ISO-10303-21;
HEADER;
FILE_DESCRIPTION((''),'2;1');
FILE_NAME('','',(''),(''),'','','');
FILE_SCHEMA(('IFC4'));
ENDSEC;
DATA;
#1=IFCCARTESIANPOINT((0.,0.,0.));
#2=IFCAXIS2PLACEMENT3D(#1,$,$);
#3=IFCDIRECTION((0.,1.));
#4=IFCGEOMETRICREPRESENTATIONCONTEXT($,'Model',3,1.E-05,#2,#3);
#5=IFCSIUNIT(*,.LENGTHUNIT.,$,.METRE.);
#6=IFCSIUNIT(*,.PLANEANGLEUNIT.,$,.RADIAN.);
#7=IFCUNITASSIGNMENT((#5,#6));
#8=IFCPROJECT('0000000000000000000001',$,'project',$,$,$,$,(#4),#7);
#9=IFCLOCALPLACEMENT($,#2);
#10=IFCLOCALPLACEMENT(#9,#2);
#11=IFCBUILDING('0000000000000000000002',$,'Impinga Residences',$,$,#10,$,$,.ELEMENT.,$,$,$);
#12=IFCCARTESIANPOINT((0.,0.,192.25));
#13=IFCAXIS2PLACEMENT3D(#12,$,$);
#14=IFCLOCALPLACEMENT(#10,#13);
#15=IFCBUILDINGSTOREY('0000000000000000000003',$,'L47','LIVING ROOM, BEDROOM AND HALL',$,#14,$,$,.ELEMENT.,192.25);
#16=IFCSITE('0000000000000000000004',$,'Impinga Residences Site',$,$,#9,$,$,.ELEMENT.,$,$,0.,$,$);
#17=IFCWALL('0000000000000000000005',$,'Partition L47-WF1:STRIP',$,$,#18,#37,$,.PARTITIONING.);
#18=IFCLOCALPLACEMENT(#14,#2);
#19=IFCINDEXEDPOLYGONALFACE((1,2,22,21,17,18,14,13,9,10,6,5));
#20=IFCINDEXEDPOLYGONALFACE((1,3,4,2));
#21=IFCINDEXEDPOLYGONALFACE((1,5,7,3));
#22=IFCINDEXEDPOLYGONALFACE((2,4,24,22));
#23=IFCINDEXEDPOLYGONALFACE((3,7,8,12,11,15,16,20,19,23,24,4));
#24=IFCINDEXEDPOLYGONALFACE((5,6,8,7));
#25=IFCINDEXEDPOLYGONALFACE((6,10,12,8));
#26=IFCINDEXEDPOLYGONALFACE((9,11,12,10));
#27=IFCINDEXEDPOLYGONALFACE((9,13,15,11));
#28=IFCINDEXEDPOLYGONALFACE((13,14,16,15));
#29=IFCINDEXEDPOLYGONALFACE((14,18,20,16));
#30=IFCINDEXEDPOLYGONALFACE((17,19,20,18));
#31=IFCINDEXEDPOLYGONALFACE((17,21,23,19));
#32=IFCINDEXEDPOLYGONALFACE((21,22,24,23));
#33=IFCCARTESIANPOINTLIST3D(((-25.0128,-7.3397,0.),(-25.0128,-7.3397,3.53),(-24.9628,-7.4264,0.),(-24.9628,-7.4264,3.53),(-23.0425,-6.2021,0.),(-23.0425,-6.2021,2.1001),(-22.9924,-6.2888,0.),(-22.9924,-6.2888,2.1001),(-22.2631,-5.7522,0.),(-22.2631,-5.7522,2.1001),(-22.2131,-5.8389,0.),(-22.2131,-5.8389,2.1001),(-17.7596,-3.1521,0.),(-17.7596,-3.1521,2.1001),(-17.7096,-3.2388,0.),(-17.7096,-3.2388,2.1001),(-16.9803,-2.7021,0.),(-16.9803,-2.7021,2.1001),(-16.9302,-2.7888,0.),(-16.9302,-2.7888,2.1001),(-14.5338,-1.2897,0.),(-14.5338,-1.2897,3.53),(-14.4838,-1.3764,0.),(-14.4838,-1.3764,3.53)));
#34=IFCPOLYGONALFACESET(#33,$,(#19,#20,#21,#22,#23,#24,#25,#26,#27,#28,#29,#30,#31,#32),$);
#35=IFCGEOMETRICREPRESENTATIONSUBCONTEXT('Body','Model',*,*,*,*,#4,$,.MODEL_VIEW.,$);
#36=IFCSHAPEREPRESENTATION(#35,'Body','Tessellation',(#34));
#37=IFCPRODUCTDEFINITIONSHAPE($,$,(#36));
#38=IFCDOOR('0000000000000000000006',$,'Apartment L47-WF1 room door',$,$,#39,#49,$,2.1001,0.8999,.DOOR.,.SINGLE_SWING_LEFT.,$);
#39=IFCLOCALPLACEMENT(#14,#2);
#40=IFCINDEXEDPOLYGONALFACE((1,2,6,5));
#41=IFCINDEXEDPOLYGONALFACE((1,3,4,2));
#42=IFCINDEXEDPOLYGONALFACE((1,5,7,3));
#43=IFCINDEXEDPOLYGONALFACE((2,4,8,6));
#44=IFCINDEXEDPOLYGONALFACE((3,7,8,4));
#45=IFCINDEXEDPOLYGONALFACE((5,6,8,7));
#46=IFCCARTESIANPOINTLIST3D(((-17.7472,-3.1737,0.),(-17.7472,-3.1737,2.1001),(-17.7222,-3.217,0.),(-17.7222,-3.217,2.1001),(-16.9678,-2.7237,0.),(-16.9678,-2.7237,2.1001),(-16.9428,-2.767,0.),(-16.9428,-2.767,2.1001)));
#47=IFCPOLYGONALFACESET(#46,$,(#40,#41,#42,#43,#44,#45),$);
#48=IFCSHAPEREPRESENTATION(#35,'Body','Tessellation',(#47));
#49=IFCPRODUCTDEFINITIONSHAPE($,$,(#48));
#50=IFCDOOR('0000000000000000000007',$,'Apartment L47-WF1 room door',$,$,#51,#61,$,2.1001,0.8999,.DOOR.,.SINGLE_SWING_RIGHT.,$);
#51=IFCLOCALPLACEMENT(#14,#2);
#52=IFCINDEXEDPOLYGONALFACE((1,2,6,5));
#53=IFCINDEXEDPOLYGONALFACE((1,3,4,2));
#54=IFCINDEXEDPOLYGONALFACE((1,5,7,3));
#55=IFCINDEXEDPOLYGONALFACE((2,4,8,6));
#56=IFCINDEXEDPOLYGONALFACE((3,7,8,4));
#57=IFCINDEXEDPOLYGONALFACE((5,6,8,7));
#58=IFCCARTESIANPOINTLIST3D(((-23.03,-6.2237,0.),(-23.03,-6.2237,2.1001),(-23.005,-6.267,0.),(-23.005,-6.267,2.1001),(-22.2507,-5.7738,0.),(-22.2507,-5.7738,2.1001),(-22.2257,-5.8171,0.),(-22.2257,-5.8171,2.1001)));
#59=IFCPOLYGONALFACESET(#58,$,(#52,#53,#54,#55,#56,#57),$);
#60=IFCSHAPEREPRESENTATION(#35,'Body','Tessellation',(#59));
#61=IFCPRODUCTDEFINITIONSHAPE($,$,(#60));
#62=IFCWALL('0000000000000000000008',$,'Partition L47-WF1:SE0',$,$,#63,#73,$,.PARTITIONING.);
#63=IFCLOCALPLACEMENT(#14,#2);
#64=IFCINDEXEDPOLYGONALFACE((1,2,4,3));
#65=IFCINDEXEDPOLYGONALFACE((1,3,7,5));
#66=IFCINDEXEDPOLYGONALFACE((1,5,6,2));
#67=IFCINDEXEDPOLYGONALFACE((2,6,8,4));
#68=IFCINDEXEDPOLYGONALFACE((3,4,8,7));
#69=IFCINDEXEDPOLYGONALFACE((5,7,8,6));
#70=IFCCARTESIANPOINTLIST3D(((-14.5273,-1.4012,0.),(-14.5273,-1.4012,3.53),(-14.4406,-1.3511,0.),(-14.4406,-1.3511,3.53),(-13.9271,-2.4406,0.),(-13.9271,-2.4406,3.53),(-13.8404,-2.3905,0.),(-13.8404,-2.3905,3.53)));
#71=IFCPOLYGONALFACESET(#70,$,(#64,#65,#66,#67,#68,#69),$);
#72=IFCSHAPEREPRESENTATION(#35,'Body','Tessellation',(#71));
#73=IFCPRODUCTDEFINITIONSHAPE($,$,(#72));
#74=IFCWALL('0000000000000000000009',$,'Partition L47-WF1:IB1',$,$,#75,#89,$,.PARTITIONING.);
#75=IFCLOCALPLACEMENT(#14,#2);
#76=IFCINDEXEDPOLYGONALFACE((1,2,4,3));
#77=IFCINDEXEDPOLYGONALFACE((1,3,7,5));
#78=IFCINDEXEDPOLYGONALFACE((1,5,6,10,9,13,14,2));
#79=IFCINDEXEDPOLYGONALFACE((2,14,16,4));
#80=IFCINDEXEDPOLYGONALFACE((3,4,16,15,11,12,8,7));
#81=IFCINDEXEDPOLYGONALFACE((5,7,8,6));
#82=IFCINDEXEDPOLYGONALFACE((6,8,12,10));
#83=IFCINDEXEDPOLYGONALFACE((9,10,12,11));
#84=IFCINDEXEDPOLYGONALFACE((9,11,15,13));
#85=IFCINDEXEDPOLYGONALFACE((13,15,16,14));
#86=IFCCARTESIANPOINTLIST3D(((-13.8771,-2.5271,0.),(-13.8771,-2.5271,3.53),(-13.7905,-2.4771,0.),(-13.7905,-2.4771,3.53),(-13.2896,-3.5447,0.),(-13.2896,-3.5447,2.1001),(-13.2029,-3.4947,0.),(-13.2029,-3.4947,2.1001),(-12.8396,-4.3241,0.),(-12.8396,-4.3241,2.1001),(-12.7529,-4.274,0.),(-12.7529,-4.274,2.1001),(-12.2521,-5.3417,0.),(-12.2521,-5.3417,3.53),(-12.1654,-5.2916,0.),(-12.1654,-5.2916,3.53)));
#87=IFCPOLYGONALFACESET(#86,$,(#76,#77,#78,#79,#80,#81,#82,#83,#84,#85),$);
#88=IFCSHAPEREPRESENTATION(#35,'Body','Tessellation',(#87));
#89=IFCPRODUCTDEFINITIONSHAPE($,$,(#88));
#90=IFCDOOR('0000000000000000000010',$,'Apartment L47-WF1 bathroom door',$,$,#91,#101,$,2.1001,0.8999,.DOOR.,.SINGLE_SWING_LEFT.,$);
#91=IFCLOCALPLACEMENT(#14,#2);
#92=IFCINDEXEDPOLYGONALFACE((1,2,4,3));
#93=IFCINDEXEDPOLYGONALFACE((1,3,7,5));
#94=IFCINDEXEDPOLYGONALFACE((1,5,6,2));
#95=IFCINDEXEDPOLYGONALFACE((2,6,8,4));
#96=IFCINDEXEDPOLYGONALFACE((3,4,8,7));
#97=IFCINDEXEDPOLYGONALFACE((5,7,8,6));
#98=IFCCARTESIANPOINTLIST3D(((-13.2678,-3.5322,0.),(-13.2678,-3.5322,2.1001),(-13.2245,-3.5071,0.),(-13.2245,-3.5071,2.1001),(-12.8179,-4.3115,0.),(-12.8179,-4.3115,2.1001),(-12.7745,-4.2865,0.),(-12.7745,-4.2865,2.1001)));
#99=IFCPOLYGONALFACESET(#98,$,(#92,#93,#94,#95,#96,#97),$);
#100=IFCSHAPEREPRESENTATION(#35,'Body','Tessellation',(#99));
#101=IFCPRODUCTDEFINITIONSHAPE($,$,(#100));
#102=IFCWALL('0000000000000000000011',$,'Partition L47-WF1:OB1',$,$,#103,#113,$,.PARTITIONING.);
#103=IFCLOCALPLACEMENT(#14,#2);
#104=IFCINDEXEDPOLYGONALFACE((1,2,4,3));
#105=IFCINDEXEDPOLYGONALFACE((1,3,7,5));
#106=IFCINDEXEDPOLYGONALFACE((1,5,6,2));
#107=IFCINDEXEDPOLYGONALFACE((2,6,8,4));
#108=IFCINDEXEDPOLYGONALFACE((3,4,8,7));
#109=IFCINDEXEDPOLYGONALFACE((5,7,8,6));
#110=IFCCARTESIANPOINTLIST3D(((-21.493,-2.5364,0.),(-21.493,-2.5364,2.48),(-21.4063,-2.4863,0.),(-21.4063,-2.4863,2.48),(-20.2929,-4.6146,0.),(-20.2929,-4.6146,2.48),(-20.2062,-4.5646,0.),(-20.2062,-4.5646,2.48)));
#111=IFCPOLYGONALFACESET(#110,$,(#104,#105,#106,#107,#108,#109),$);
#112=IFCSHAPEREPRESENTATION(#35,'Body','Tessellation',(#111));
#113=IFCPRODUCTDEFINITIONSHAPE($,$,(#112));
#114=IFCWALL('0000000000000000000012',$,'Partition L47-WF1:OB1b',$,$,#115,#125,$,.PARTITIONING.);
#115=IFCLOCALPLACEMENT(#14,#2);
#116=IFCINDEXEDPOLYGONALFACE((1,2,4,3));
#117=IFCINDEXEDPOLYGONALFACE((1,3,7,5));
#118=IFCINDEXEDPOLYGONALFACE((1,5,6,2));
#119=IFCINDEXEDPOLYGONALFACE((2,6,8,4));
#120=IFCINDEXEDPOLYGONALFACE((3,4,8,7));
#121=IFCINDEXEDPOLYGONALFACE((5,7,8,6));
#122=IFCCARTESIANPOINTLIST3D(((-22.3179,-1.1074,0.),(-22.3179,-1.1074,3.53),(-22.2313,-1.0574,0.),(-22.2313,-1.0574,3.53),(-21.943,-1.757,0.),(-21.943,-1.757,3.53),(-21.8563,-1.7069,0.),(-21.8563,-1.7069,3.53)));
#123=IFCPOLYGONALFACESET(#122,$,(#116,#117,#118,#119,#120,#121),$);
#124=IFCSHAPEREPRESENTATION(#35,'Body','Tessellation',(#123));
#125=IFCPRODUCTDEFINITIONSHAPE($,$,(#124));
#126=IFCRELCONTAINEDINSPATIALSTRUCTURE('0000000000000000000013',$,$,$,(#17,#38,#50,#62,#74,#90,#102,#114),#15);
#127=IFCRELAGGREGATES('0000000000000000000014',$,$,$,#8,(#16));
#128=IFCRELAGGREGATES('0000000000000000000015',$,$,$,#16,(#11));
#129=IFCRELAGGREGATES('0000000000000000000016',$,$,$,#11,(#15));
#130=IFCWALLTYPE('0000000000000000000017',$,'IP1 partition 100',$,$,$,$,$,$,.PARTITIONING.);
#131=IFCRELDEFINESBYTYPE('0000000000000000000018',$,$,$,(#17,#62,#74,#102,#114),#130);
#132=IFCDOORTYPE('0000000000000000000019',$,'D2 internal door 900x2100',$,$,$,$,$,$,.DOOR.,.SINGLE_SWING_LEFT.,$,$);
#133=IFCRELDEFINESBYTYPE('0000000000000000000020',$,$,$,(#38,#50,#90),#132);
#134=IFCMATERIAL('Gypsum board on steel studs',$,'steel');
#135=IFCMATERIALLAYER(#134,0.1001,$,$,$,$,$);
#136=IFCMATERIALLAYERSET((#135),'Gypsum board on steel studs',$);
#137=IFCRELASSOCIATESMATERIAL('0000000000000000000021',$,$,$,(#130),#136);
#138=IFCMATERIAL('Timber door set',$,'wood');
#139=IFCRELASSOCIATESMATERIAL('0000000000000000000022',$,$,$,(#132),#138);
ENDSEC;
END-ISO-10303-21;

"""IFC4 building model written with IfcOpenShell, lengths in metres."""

from ifc_helpers import new_model, si_unit, direction, frame, frame_2d, origin, place, context, subcontext, project, spatial, rectangle, extrude, material, layer, layer_set, type_object, element, fill, save


model = new_model("IFC4")

# Units and contexts
model_context = context("Model", 3, precision=1e-05, world=origin(), true_north=direction((0.0, 1.0)))
body_context = subcontext(model_context, "Body", "Model", "MODEL_VIEW")
ifc_project = project(units=[si_unit("LENGTHUNIT", "METRE"), si_unit("PLANEANGLEUNIT", "RADIAN")], contexts=[model_context])

# Site, building, storey
site_placement = place(None, origin())
site = spatial("IfcSite", under=ifc_project, at=site_placement, Name="Impinga Residences Site", CompositionType="ELEMENT", RefElevation=0.0)
building_placement = place(site_placement, origin())
building = spatial("IfcBuilding", under=site, at=building_placement, Name="Impinga Residences", CompositionType="ELEMENT")
storey_placement = place(building_placement, frame((0.0, 0.0, 192.25)))
storey = spatial("IfcBuildingStorey", under=building, at=storey_placement, Name="L47", Description="LIVING ROOM, BEDROOM AND HALL", CompositionType="ELEMENT", Elevation=192.25)

# Shared definitions
ifc_material_1 = material(Name="Timber door set", Category="wood")

# Shared definitions
ifc_material_2 = material(Name="Gypsum board on steel studs", Category="steel")
ifc_layer_1 = layer(ifc_material_2, 0.1001)
ifc_layer_set_1 = layer_set([ifc_layer_1], Name="Gypsum board on steel studs")
wall_type_1 = type_object("IfcWallType", Name="IP1 partition 100", PredefinedType="PARTITIONING", material=ifc_layer_set_1)

# Wall, openings, doors
wall_1_placement = place(storey_placement, frame((-14.5088, -1.333, 0.0), z_axis=(0.0, 0.0, 1.0), x_axis=(-0.866026, -0.5, 0.0)))
wall_1 = element("IfcWall", 1, at=wall_1_placement, inside=storey, type_object=wall_type_1, Name="Partition L47-WF1:STRIP", PredefinedType="PARTITIONING", context=body_context, shape_type="SweptSolid", body=[
    extrude(rectangle(XDim=12.1001, YDim=0.1001, at=frame_2d((6.05, 0.0))), origin(), (0.0, 0.0, 1.0), 3.53),
])
opening_1_placement = place(wall_1_placement, frame((2.825, 0.0, 0.0)))
opening_1 = element("IfcOpeningElement", 2, at=opening_1_placement, cuts=wall_1, PredefinedType="OPENING", context=body_context, shape_type="SweptSolid", body=[
    extrude(rectangle(XDim=0.8999, YDim=2.1001, at=frame_2d((0.45, 1.05))), frame((0.0, 0.0601, 0.0), z_axis=(0.0, -1.0, 0.0), x_axis=(1.0, 0.0, 0.0)), (0.0, 0.0, 1.0), 0.1201),
])
opening_2_placement = place(wall_1_placement, frame((8.925, 0.0, 0.0)))
opening_2 = element("IfcOpeningElement", 3, at=opening_2_placement, cuts=wall_1, PredefinedType="OPENING", context=body_context, shape_type="SweptSolid", body=[
    extrude(rectangle(XDim=0.8999, YDim=2.1001, at=frame_2d((0.45, 1.05))), frame((0.0, 0.0601, 0.0), z_axis=(0.0, -1.0, 0.0), x_axis=(1.0, 0.0, 0.0)), (0.0, 0.0, 1.0), 0.1201),
])
door_type_1 = type_object("IfcDoorType", Name="D2 internal door 900x2100", OperationType="SINGLE_SWING_LEFT", PredefinedType="DOOR", material=ifc_material_1)
door_1_placement = place(opening_1_placement, origin())
door_1 = element("IfcDoor", 4, at=door_1_placement, inside=storey, type_object=door_type_1, Name="Apartment L47-WF1 room door", OperationType="SINGLE_SWING_LEFT", OverallHeight=2.1001, OverallWidth=0.8999, PredefinedType="DOOR", context=body_context, shape_type="SweptSolid", body=[
    extrude(rectangle(XDim=0.8999, YDim=2.1001, at=frame_2d((0.45, 1.05))), frame((0.0, 0.0249, 0.0), z_axis=(0.0, -1.0, 0.0), x_axis=(1.0, 0.0, 0.0)), (0.0, 0.0, 1.0), 0.05),
])
fill(opening_1, door_1)
door_2_placement = place(opening_2_placement, origin())
door_2 = element("IfcDoor", 5, at=door_2_placement, inside=storey, type_object=door_type_1, Name="Apartment L47-WF1 room door", OperationType="SINGLE_SWING_RIGHT", OverallHeight=2.1001, OverallWidth=0.8999, PredefinedType="DOOR", context=body_context, shape_type="SweptSolid", body=[
    extrude(rectangle(XDim=0.8999, YDim=2.1001, at=frame_2d((0.45, 1.05))), frame((0.0, 0.0249, 0.0), z_axis=(0.0, -1.0, 0.0), x_axis=(1.0, 0.0, 0.0)), (0.0, 0.0, 1.0), 0.05),
])
fill(opening_2, door_2)

# Wall
wall_2_placement = place(storey_placement, frame((-13.8838, -2.4155, 0.0), z_axis=(0.0, 0.0, 1.0), x_axis=(-0.500034, 0.866006, 0.0)))
element("IfcWall", 6, at=wall_2_placement, inside=storey, type_object=wall_type_1, Name="Partition L47-WF1:SE0", PredefinedType="PARTITIONING", context=body_context, shape_type="SweptSolid", body=[
    extrude(rectangle(XDim=1.2002, YDim=0.1001, at=frame_2d((0.6001, 0.0))), origin(), (0.0, 0.0, 1.0), 3.53),
])

# Wall, opening, door
wall_3_placement = place(storey_placement, frame((-12.2087, -5.3167, 0.0), z_axis=(0.0, 0.0, 1.0), x_axis=(-0.500017, 0.866015, 0.0)))
wall_3 = element("IfcWall", 7, at=wall_3_placement, inside=storey, type_object=wall_type_1, Name="Partition L47-WF1:IB1", PredefinedType="PARTITIONING", context=body_context, shape_type="SweptSolid", body=[
    extrude(rectangle(XDim=3.25, YDim=0.1001, at=frame_2d((1.625, 0.0))), origin(), (0.0, 0.0, 1.0), 3.53),
])
opening_3_placement = place(wall_3_placement, frame((1.175, 0.0, 0.0)))
opening_3 = element("IfcOpeningElement", 8, at=opening_3_placement, cuts=wall_3, PredefinedType="OPENING", context=body_context, shape_type="SweptSolid", body=[
    extrude(rectangle(XDim=0.8999, YDim=2.1001, at=frame_2d((0.45, 1.05))), frame((0.0, 0.0601, 0.0), z_axis=(0.0, -1.0, 0.0), x_axis=(1.0, 0.0, 0.0)), (0.0, 0.0, 1.0), 0.1201),
])
door_3_placement = place(opening_3_placement, origin())
door_3 = element("IfcDoor", 9, at=door_3_placement, inside=storey, type_object=door_type_1, Name="Apartment L47-WF1 bathroom door", OperationType="SINGLE_SWING_LEFT", OverallHeight=2.1001, OverallWidth=0.8999, PredefinedType="DOOR", context=body_context, shape_type="SweptSolid", body=[
    extrude(rectangle(XDim=0.8999, YDim=2.1001, at=frame_2d((0.45, 1.05))), frame((0.0, 0.0249, 0.0), z_axis=(0.0, -1.0, 0.0), x_axis=(1.0, 0.0, 0.0)), (0.0, 0.0, 1.0), 0.05),
])
fill(opening_3, door_3)

# Walls
wall_4_placement = place(storey_placement, frame((-20.2495, -4.5896, 0.0), z_axis=(0.0, 0.0, 1.0), x_axis=(-0.500078, 0.865981, 0.0)))
element("IfcWall", 10, at=wall_4_placement, inside=storey, type_object=wall_type_1, Name="Partition L47-WF1:OB1", PredefinedType="PARTITIONING", context=body_context, shape_type="SweptSolid", body=[
    extrude(rectangle(XDim=2.3999, YDim=0.1001, at=frame_2d((1.2, 0.0))), origin(), (0.0, 0.0, 1.0), 2.48),
])
wall_5_placement = place(storey_placement, frame((-21.8997, -1.7319, 0.0), z_axis=(0.0, 0.0, 1.0), x_axis=(-0.49992, 0.866072, 0.0)))
element("IfcWall", 11, at=wall_5_placement, inside=storey, type_object=wall_type_1, Name="Partition L47-WF1:OB1b", PredefinedType="PARTITIONING", context=body_context, shape_type="SweptSolid", body=[
    extrude(rectangle(XDim=0.75, YDim=0.1001, at=frame_2d((0.375, 0.0))), origin(), (0.0, 0.0, 1.0), 3.53),
])

save(model, "model.ifc")
